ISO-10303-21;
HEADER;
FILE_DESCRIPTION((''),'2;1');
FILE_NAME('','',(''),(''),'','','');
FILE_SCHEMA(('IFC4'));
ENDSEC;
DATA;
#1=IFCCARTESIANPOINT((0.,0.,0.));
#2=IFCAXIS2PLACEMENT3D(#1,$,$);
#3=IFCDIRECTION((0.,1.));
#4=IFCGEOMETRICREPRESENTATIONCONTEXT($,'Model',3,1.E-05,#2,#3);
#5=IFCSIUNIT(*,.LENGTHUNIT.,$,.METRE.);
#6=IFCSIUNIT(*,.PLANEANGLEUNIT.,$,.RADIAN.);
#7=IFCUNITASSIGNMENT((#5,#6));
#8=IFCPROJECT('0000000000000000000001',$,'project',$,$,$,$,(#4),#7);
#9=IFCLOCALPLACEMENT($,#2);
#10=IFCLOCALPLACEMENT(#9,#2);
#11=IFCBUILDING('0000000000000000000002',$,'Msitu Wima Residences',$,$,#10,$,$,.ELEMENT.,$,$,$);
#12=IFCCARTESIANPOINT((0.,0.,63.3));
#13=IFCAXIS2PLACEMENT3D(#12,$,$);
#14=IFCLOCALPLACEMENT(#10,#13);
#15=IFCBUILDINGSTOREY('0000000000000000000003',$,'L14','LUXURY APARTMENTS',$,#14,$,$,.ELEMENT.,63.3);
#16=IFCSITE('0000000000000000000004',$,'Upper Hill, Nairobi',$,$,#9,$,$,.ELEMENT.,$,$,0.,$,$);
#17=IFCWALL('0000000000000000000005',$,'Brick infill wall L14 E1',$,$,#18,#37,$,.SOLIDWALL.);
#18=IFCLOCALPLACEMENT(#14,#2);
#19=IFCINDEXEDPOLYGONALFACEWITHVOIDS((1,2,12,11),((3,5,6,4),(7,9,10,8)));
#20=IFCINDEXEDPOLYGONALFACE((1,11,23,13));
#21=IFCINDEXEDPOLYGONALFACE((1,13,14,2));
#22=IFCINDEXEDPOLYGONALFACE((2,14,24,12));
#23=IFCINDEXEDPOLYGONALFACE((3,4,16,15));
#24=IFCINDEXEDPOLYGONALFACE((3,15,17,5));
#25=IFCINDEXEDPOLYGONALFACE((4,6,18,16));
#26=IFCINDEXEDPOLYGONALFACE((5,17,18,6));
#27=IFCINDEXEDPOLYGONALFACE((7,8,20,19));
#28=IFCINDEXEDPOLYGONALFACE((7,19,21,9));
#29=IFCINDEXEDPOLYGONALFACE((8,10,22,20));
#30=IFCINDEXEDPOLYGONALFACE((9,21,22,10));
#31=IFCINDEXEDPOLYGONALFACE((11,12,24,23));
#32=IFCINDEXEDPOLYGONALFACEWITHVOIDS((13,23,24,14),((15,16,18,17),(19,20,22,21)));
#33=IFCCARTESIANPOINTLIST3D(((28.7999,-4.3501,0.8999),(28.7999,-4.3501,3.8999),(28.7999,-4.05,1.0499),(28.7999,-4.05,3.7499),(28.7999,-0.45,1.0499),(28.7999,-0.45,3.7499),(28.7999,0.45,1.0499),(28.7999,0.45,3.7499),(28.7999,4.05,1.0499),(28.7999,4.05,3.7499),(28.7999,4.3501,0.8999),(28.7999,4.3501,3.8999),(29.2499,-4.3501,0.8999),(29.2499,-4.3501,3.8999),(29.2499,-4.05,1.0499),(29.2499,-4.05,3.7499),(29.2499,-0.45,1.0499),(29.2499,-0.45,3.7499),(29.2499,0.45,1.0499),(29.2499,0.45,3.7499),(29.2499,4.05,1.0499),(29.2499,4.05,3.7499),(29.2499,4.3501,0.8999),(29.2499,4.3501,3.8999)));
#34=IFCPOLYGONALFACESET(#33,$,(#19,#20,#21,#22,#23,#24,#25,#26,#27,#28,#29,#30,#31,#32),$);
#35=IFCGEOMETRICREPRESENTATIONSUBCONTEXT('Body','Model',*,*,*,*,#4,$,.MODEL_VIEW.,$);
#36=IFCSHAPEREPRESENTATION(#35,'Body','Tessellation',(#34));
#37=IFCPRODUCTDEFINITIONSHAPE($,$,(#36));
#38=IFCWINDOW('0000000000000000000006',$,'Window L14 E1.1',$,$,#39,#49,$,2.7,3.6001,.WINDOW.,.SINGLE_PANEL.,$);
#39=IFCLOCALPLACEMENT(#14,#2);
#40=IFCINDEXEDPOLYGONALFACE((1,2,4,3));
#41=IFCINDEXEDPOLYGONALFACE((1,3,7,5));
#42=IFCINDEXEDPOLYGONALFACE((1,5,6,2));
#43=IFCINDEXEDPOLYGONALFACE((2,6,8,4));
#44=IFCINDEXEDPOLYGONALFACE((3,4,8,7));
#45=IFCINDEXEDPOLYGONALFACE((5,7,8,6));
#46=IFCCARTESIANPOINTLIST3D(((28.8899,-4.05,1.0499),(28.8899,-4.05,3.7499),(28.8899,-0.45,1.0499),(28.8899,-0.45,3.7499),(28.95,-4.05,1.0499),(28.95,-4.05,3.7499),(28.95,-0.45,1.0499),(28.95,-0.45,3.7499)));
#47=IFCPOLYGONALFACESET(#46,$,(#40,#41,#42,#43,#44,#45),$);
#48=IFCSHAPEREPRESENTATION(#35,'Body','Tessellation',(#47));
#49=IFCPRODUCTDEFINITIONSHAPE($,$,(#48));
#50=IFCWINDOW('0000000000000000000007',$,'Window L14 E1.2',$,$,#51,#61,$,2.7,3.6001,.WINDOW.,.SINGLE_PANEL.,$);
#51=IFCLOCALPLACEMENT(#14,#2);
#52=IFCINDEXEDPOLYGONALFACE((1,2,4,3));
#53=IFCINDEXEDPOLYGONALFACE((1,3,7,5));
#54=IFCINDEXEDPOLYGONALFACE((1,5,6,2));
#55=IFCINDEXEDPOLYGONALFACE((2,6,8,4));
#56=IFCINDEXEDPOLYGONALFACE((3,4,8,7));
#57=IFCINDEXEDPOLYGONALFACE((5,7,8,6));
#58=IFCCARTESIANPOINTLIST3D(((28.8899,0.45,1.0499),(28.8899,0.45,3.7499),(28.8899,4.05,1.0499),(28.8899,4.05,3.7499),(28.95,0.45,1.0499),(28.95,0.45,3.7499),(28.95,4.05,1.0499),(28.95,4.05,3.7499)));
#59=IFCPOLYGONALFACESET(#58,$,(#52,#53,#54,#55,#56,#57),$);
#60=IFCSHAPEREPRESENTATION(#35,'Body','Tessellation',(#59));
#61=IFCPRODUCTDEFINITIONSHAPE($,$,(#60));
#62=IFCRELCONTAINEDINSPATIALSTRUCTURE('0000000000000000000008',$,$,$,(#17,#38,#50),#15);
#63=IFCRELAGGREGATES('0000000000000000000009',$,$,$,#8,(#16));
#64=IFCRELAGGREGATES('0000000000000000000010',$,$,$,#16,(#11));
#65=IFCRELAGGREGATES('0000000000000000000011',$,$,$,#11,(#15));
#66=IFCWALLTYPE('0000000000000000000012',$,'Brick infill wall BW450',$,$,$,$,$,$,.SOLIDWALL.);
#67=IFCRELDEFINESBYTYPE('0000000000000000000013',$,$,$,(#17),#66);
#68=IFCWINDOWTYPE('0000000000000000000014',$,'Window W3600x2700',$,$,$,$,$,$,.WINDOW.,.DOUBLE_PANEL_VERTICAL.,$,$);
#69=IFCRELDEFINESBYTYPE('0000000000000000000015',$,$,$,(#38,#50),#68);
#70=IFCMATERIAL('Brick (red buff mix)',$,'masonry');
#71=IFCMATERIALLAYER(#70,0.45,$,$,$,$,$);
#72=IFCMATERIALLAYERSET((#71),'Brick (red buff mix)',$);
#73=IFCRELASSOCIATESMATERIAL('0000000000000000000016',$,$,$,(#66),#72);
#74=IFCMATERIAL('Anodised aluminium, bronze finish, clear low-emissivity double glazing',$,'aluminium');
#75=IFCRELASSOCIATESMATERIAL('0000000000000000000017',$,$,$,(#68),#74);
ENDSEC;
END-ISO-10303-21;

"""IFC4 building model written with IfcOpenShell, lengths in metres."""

from ifc_helpers import new_model, si_unit, direction, frame, frame_2d, origin, place, context, subcontext, project, spatial, rectangle, extrude, material, layer, layer_set, type_object, element, fill, save


model = new_model("IFC4")

# Units and contexts
model_context = context("Model", 3, precision=1e-05, world=origin(), true_north=direction((0.0, 1.0)))
body_context = subcontext(model_context, "Body", "Model", "MODEL_VIEW")
ifc_project = project(units=[si_unit("LENGTHUNIT", "METRE"), si_unit("PLANEANGLEUNIT", "RADIAN")], contexts=[model_context])

# Site, building, storey
site_placement = place(None, origin())
site = spatial("IfcSite", under=ifc_project, at=site_placement, Name="Upper Hill, Nairobi", CompositionType="ELEMENT", RefElevation=0.0)
building_placement = place(site_placement, origin())
building = spatial("IfcBuilding", under=site, at=building_placement, Name="Msitu Wima Residences", CompositionType="ELEMENT")
storey_placement = place(building_placement, frame((0.0, 0.0, 63.3)))
storey = spatial("IfcBuildingStorey", under=building, at=storey_placement, Name="L14", Description="LUXURY APARTMENTS", CompositionType="ELEMENT", Elevation=63.3)

# Shared definitions
ifc_material_1 = material(Name="Brick (red buff mix)", Category="masonry")
ifc_layer_1 = layer(ifc_material_1, 0.45)
ifc_layer_set_1 = layer_set([ifc_layer_1], Name="Brick (red buff mix)")
wall_type_1 = type_object("IfcWallType", Name="Brick infill wall BW450", PredefinedType="SOLIDWALL", material=ifc_layer_set_1)
ifc_material_2 = material(Name="Anodised aluminium, bronze finish, clear low-emissivity double glazing", Category="aluminium")
window_type = type_object("IfcWindowType", Name="Window W3600x2700", PartitioningType="DOUBLE_PANEL_VERTICAL", PredefinedType="WINDOW", material=ifc_material_2)

# Wall, openings, windows
wall_1_placement = place(storey_placement, frame((29.0249, -4.3501, 0.8999), z_axis=(0.0, 0.0, 1.0), x_axis=(0.0, 1.0, 0.0)))
wall_1 = element("IfcWall", 1, at=wall_1_placement, inside=storey, type_object=wall_type_1, Name="Brick infill wall L14 E1", PredefinedType="SOLIDWALL", context=body_context, shape_type="SweptSolid", body=[
    extrude(rectangle(XDim=8.7002, YDim=0.45, at=frame_2d((4.3501, 0.0))), origin(), (0.0, 0.0, 1.0), 3.0),
])
opening_1_placement = place(wall_1_placement, frame((0.3, 0.0, 0.1499)))
opening_1 = element("IfcOpeningElement", 2, at=opening_1_placement, cuts=wall_1, PredefinedType="OPENING", context=body_context, shape_type="SweptSolid", body=[
    extrude(rectangle(XDim=3.6001, YDim=2.7, at=frame_2d((1.8, 1.3501))), frame((0.0, 0.2349, 0.0), z_axis=(0.0, -1.0, 0.0), x_axis=(1.0, 0.0, 0.0)), (0.0, 0.0, 1.0), 0.47),
])
opening_2_placement = place(wall_1_placement, frame((4.8, 0.0, 0.1499)))
opening_2 = element("IfcOpeningElement", 3, at=opening_2_placement, cuts=wall_1, PredefinedType="OPENING", context=body_context, shape_type="SweptSolid", body=[
    extrude(rectangle(XDim=3.6001, YDim=2.7, at=frame_2d((1.8, 1.3501))), frame((0.0, 0.2349, 0.0), z_axis=(0.0, -1.0, 0.0), x_axis=(1.0, 0.0, 0.0)), (0.0, 0.0, 1.0), 0.47),
])
window_1_placement = place(opening_1_placement, origin())
window_1 = element("IfcWindow", 4, at=window_1_placement, inside=storey, type_object=window_type, Name="Window L14 E1.1", OverallHeight=2.7, OverallWidth=3.6001, PartitioningType="SINGLE_PANEL", PredefinedType="WINDOW", context=body_context, shape_type="SweptSolid", body=[
    extrude(rectangle(XDim=3.6001, YDim=2.7, at=frame_2d((1.8, 1.3501))), frame((0.0, 0.135, 0.0), z_axis=(0.0, -1.0, 0.0), x_axis=(1.0, 0.0, 0.0)), (0.0, 0.0, 1.0), 0.0601),
])
fill(opening_1, window_1)
window_2_placement = place(opening_2_placement, origin())
window_2 = element("IfcWindow", 5, at=window_2_placement, inside=storey, type_object=window_type, Name="Window L14 E1.2", OverallHeight=2.7, OverallWidth=3.6001, PartitioningType="SINGLE_PANEL", PredefinedType="WINDOW", context=body_context, shape_type="SweptSolid", body=[
    extrude(rectangle(XDim=3.6001, YDim=2.7, at=frame_2d((1.8, 1.3501))), frame((0.0, 0.135, 0.0), z_axis=(0.0, -1.0, 0.0), x_axis=(1.0, 0.0, 0.0)), (0.0, 0.0, 1.0), 0.0601),
])
fill(opening_2, window_2)

save(model, "model.ifc")
